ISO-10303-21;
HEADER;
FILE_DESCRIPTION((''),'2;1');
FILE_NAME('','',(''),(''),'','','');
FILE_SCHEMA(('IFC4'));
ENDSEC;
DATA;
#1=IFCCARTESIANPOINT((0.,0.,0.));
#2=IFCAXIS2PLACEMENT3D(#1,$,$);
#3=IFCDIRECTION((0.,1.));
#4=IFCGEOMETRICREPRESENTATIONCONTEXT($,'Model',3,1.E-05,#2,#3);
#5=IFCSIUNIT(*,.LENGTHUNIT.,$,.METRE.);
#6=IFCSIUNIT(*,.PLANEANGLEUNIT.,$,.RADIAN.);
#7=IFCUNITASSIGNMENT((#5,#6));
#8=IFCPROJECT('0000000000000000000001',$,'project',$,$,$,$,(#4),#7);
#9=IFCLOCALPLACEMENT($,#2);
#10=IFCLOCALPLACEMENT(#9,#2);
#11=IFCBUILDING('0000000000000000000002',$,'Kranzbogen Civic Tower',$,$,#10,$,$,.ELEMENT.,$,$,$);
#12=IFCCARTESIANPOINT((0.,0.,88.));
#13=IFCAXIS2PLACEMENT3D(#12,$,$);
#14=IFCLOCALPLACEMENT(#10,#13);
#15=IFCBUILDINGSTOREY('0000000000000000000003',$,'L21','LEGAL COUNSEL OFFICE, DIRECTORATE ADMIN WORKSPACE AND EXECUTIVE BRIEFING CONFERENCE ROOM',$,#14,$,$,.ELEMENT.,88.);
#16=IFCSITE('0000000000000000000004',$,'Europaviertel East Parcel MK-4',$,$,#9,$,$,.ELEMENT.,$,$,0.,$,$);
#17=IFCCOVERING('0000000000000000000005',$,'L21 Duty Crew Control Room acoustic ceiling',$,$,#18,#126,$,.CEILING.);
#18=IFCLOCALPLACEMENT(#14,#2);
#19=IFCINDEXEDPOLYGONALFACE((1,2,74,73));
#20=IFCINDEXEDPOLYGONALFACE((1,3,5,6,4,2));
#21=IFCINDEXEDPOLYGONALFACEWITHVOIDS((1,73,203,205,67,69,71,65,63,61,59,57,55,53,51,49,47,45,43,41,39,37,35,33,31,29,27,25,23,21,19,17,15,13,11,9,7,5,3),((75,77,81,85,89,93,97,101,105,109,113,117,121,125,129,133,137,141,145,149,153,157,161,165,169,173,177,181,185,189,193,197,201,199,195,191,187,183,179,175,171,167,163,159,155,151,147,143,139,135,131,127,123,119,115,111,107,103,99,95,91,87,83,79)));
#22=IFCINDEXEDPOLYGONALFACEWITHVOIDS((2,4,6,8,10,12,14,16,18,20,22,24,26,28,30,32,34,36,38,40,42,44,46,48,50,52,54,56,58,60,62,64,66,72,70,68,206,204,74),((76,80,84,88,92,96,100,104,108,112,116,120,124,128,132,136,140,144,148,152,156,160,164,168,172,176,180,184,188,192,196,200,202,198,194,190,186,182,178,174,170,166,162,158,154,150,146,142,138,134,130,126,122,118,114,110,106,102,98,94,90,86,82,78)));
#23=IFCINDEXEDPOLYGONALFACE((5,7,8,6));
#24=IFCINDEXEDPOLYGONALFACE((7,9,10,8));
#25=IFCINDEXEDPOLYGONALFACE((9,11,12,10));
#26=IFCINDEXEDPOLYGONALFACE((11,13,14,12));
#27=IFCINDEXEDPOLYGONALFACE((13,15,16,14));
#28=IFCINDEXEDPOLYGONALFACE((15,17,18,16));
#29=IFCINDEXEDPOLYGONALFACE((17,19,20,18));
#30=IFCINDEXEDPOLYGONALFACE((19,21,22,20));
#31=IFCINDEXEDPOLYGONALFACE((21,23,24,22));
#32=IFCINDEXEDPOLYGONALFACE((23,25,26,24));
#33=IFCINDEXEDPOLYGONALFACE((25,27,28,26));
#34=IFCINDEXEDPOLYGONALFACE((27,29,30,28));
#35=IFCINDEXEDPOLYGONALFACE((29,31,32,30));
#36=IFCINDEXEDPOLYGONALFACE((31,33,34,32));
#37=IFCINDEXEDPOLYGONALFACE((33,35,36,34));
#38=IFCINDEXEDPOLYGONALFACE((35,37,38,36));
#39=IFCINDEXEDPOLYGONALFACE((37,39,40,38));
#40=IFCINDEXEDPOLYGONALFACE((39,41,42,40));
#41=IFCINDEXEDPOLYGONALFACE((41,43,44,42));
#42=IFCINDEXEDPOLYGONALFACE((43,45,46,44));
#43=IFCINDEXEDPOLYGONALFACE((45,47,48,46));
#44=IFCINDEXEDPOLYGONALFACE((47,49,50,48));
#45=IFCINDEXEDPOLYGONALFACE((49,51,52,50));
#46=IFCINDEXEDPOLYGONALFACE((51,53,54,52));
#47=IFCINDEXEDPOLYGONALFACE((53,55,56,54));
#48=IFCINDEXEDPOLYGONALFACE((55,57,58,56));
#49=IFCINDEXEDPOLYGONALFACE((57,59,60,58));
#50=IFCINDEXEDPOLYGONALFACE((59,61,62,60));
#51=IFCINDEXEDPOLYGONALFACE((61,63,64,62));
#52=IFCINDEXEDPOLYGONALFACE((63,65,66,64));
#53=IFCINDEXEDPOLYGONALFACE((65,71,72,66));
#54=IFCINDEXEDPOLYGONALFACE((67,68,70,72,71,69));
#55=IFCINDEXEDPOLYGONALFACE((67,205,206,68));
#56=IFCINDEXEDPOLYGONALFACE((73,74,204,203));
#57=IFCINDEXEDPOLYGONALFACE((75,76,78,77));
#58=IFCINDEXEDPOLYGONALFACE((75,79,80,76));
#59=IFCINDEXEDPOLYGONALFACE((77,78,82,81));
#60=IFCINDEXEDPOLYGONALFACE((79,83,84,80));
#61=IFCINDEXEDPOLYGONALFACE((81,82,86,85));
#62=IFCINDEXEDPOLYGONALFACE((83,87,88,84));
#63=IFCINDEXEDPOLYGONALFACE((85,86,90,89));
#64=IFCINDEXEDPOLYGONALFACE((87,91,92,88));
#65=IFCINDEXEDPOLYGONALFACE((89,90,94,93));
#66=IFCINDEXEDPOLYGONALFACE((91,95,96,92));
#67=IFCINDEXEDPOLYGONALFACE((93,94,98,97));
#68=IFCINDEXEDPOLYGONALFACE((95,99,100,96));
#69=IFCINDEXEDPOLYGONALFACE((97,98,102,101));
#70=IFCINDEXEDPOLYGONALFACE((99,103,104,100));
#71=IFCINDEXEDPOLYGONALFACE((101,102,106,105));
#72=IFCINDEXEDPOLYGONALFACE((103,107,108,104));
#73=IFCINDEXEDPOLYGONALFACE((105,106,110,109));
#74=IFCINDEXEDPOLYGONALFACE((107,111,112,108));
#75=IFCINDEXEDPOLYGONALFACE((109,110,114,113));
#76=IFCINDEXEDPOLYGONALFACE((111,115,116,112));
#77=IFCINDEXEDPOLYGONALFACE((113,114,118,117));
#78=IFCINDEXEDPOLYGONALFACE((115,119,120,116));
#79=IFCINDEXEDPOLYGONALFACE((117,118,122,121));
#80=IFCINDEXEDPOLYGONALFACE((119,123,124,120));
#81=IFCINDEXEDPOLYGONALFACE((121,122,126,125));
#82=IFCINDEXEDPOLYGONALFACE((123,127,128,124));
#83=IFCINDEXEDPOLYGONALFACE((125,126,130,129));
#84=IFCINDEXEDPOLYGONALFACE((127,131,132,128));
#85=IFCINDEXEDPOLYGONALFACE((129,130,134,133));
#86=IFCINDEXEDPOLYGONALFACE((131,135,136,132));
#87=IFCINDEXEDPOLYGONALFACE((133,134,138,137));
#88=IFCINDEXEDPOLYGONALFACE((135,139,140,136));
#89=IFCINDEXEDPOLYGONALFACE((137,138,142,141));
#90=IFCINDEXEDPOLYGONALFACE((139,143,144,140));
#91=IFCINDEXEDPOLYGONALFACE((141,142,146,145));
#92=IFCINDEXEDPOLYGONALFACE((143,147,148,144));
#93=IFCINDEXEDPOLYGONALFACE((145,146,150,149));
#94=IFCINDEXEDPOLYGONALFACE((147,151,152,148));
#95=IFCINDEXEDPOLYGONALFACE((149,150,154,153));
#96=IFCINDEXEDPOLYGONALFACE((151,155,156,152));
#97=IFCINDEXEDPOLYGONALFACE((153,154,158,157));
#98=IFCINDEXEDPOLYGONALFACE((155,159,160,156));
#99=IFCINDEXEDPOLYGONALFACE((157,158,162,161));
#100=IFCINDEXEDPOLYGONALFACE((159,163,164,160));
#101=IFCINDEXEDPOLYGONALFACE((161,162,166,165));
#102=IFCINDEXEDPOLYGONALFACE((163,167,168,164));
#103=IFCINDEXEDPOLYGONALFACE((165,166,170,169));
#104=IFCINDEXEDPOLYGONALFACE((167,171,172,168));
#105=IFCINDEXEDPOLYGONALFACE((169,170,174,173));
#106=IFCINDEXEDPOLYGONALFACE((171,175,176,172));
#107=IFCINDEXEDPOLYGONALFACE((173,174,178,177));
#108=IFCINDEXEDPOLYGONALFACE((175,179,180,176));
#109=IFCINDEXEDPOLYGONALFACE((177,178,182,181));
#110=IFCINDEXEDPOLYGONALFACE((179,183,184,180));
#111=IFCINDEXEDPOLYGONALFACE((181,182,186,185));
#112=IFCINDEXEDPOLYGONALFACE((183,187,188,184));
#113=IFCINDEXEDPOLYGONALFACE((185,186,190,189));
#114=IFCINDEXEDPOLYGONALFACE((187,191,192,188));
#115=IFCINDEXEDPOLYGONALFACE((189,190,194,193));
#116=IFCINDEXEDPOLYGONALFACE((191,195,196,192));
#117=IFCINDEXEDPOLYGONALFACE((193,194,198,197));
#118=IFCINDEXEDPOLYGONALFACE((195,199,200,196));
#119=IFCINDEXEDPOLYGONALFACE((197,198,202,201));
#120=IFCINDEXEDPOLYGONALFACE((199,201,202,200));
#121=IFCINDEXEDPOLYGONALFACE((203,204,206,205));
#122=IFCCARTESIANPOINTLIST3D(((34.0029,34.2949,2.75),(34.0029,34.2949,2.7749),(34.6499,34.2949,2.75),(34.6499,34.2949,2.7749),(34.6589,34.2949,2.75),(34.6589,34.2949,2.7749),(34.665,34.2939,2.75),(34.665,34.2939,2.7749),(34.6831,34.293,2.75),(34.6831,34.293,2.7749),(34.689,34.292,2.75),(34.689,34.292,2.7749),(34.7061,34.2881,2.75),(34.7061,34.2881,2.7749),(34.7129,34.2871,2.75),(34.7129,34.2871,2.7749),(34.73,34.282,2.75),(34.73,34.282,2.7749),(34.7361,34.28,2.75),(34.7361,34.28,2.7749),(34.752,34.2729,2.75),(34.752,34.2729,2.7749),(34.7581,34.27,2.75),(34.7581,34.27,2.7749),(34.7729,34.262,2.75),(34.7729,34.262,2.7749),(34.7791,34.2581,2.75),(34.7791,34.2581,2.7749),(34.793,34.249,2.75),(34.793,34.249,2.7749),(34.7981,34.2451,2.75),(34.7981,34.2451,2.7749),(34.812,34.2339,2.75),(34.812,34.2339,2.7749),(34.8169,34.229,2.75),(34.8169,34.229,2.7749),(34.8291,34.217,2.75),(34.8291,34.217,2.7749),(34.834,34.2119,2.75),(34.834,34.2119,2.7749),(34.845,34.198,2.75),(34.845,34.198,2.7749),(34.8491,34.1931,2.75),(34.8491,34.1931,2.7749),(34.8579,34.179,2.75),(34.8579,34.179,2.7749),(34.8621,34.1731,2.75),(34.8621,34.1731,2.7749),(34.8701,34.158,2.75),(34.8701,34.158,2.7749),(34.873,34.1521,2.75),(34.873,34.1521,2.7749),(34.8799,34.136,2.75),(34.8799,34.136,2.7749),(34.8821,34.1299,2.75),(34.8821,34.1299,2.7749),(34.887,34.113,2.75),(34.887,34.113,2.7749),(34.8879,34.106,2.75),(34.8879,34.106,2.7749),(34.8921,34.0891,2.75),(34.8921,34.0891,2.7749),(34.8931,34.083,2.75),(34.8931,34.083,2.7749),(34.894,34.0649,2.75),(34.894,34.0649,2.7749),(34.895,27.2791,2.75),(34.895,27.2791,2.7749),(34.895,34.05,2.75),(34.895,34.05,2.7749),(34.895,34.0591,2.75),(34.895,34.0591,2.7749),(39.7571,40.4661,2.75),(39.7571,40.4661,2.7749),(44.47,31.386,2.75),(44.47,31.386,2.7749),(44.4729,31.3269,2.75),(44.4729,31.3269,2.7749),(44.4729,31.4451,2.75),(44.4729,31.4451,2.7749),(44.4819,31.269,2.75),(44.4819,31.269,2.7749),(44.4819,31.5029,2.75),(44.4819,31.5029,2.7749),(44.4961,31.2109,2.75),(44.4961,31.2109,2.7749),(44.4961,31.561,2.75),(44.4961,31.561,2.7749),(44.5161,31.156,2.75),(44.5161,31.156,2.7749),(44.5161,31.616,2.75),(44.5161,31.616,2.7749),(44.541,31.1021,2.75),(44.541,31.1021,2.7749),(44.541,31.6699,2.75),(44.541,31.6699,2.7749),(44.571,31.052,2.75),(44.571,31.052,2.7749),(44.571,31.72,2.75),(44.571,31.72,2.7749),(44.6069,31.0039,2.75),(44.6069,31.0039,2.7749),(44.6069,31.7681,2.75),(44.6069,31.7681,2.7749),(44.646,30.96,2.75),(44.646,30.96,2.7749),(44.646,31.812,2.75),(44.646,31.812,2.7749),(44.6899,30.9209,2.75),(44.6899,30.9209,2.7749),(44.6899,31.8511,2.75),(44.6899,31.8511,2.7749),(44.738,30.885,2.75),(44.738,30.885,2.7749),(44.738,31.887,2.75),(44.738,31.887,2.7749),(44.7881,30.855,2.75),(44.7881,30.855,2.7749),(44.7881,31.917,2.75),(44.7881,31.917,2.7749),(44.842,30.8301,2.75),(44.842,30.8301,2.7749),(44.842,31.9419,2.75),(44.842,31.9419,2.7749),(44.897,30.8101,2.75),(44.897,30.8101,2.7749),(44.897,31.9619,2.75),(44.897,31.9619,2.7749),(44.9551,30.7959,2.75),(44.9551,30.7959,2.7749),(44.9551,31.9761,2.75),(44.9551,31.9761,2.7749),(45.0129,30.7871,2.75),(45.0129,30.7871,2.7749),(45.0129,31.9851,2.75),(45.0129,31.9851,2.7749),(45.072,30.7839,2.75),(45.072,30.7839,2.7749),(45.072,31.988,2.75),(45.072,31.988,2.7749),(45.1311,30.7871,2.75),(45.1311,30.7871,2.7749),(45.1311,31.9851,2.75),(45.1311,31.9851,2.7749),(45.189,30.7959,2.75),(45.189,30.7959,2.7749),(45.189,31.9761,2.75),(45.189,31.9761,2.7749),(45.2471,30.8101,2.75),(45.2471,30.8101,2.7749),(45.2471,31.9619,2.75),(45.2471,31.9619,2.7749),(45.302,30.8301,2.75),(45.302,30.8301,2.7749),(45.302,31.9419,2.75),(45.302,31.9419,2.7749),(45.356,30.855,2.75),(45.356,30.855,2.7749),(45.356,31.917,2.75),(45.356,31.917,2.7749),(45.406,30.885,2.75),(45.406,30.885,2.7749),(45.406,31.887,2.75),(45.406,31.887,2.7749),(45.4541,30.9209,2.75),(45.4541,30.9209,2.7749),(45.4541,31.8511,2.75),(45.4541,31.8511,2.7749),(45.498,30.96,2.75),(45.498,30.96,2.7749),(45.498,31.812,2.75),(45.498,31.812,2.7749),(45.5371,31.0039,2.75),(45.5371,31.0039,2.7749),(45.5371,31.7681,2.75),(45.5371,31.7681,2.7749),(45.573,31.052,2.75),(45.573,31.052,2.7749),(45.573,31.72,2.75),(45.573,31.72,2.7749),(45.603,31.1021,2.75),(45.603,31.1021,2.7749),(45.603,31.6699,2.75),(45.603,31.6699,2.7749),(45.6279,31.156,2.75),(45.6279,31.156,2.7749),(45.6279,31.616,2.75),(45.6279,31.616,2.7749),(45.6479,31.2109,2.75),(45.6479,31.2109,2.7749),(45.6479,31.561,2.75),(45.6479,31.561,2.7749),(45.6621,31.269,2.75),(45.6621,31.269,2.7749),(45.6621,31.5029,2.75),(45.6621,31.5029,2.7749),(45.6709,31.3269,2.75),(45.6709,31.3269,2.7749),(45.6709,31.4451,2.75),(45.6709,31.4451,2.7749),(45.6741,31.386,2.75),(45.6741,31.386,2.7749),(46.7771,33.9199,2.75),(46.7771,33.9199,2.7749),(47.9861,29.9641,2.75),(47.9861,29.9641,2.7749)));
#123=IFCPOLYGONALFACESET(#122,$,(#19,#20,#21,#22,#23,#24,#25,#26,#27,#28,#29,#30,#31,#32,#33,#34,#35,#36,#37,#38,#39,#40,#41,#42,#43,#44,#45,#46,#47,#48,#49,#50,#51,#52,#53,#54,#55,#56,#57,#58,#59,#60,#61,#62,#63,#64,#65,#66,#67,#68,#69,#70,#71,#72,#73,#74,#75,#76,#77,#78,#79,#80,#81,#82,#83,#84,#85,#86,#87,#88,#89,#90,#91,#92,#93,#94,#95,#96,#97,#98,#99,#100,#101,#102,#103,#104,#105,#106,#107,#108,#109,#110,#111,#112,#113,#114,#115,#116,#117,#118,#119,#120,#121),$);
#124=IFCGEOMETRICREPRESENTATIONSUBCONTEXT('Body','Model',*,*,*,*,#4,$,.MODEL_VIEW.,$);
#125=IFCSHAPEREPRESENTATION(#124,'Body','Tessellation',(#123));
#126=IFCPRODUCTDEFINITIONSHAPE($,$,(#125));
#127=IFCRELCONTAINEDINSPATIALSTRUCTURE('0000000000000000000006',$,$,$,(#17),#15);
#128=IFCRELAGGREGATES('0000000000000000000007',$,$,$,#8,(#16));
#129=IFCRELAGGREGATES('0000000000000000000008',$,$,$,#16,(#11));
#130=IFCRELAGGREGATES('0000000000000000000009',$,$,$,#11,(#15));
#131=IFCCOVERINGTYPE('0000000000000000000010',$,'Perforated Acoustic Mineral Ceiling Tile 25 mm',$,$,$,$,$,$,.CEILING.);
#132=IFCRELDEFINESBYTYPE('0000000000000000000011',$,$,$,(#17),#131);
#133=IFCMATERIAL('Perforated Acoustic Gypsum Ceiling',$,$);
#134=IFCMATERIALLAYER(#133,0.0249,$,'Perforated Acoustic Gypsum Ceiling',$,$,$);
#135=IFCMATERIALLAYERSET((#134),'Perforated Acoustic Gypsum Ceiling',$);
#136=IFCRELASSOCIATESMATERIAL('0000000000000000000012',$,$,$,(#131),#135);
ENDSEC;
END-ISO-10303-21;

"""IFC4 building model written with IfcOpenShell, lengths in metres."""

from ifc_helpers import new_model, si_unit, direction, frame, origin, place, context, subcontext, project, spatial, polyline, outline, extrude, material, layer, layer_set, type_object, element, save


model = new_model("IFC4")

# Units and contexts
model_context = context("Model", 3, precision=1e-05, world=origin(), true_north=direction((0.0, 1.0)))
body_context = subcontext(model_context, "Body", "Model", "MODEL_VIEW")
ifc_project = project(units=[si_unit("LENGTHUNIT", "METRE"), si_unit("PLANEANGLEUNIT", "RADIAN")], contexts=[model_context])

# Site, building, storey
site_placement = place(None, origin())
site = spatial("IfcSite", under=ifc_project, at=site_placement, Name="Europaviertel East Parcel MK-4", CompositionType="ELEMENT", RefElevation=0.0)
building_placement = place(site_placement, origin())
building = spatial("IfcBuilding", under=site, at=building_placement, Name="Kranzbogen Civic Tower", CompositionType="ELEMENT")
storey_placement = place(building_placement, frame((0.0, 0.0, 88.0)))
storey = spatial("IfcBuildingStorey", under=building, at=storey_placement, Name="L21", Description="LEGAL COUNSEL OFFICE, DIRECTORATE ADMIN WORKSPACE AND EXECUTIVE BRIEFING CONFERENCE ROOM", CompositionType="ELEMENT", Elevation=88.0)

# Covering
ifc_material_1 = material(Name="Perforated Acoustic Gypsum Ceiling")
ifc_layer_1 = layer(ifc_material_1, 0.0249, Name="Perforated Acoustic Gypsum Ceiling")
ifc_layer_set_1 = layer_set([ifc_layer_1], Name="Perforated Acoustic Gypsum Ceiling")
covering_type_1 = type_object("IfcCoveringType", Name="Perforated Acoustic Mineral Ceiling Tile 25 mm", PredefinedType="CEILING", material=ifc_layer_set_1)
covering_1_placement = place(storey_placement, frame((0.0, 0.0, 2.75)))
element("IfcCovering", 1, at=covering_1_placement, inside=storey, type_object=covering_type_1, Name="L21 Duty Crew Control Room acoustic ceiling", PredefinedType="CEILING", context=body_context, shape_type="SweptSolid", body=[
    extrude(outline(polyline([(47.9861, 29.9641), (34.895, 27.2791), (34.895, 34.05), (34.895, 34.0591), (34.894, 34.0649), (34.8931, 34.083), (34.8921, 34.0891), (34.8879, 34.106), (34.887, 34.113), (34.8821, 34.1299), (34.8799, 34.136), (34.873, 34.1521), (34.8701, 34.158), (34.8621, 34.1731), (34.8579, 34.179), (34.8491, 34.1931), (34.845, 34.198), (34.834, 34.2119), (34.8291, 34.217), (34.8169, 34.229), (34.812, 34.2339), (34.7981, 34.2451), (34.793, 34.249), (34.7791, 34.2581), (34.7729, 34.262), (34.7581, 34.27), (34.752, 34.2729), (34.7361, 34.28), (34.73, 34.282), (34.7129, 34.2871), (34.7061, 34.2881), (34.689, 34.292), (34.6831, 34.293), (34.665, 34.2939), (34.6589, 34.2949), (34.6499, 34.2949), (34.0029, 34.2949), (39.7571, 40.4661), (46.7771, 33.9199), (47.9861, 29.9641)]), holes=[polyline([(45.6279, 31.156), (45.603, 31.1021), (45.573, 31.052), (45.5371, 31.0039), (45.498, 30.96), (45.4541, 30.9209), (45.406, 30.885), (45.356, 30.855), (45.302, 30.8301), (45.2471, 30.8101), (45.189, 30.7959), (45.1311, 30.7871), (45.072, 30.7839), (45.0129, 30.7871), (44.9551, 30.7959), (44.897, 30.8101), (44.842, 30.8301), (44.7881, 30.855), (44.738, 30.885), (44.6899, 30.9209), (44.646, 30.96), (44.6069, 31.0039), (44.571, 31.052), (44.541, 31.1021), (44.5161, 31.156), (44.4961, 31.2109), (44.4819, 31.269), (44.4729, 31.3269), (44.47, 31.386), (44.4729, 31.4451), (44.4819, 31.5029), (44.4961, 31.561), (44.5161, 31.616), (44.541, 31.6699), (44.571, 31.72), (44.6069, 31.7681), (44.646, 31.812), (44.6899, 31.8511), (44.738, 31.887), (44.7881, 31.917), (44.842, 31.9419), (44.897, 31.9619), (44.9551, 31.9761), (45.0129, 31.9851), (45.072, 31.988), (45.1311, 31.9851), (45.189, 31.9761), (45.2471, 31.9619), (45.302, 31.9419), (45.356, 31.917), (45.406, 31.887), (45.4541, 31.8511), (45.498, 31.812), (45.5371, 31.7681), (45.573, 31.72), (45.603, 31.6699), (45.6279, 31.616), (45.6479, 31.561), (45.6621, 31.5029), (45.6709, 31.4451), (45.6741, 31.386), (45.6709, 31.3269), (45.6621, 31.269), (45.6479, 31.2109), (45.6279, 31.156)])]), origin(), (0.0, 0.0, 1.0), 0.0249),
])

save(model, "model.ifc")
